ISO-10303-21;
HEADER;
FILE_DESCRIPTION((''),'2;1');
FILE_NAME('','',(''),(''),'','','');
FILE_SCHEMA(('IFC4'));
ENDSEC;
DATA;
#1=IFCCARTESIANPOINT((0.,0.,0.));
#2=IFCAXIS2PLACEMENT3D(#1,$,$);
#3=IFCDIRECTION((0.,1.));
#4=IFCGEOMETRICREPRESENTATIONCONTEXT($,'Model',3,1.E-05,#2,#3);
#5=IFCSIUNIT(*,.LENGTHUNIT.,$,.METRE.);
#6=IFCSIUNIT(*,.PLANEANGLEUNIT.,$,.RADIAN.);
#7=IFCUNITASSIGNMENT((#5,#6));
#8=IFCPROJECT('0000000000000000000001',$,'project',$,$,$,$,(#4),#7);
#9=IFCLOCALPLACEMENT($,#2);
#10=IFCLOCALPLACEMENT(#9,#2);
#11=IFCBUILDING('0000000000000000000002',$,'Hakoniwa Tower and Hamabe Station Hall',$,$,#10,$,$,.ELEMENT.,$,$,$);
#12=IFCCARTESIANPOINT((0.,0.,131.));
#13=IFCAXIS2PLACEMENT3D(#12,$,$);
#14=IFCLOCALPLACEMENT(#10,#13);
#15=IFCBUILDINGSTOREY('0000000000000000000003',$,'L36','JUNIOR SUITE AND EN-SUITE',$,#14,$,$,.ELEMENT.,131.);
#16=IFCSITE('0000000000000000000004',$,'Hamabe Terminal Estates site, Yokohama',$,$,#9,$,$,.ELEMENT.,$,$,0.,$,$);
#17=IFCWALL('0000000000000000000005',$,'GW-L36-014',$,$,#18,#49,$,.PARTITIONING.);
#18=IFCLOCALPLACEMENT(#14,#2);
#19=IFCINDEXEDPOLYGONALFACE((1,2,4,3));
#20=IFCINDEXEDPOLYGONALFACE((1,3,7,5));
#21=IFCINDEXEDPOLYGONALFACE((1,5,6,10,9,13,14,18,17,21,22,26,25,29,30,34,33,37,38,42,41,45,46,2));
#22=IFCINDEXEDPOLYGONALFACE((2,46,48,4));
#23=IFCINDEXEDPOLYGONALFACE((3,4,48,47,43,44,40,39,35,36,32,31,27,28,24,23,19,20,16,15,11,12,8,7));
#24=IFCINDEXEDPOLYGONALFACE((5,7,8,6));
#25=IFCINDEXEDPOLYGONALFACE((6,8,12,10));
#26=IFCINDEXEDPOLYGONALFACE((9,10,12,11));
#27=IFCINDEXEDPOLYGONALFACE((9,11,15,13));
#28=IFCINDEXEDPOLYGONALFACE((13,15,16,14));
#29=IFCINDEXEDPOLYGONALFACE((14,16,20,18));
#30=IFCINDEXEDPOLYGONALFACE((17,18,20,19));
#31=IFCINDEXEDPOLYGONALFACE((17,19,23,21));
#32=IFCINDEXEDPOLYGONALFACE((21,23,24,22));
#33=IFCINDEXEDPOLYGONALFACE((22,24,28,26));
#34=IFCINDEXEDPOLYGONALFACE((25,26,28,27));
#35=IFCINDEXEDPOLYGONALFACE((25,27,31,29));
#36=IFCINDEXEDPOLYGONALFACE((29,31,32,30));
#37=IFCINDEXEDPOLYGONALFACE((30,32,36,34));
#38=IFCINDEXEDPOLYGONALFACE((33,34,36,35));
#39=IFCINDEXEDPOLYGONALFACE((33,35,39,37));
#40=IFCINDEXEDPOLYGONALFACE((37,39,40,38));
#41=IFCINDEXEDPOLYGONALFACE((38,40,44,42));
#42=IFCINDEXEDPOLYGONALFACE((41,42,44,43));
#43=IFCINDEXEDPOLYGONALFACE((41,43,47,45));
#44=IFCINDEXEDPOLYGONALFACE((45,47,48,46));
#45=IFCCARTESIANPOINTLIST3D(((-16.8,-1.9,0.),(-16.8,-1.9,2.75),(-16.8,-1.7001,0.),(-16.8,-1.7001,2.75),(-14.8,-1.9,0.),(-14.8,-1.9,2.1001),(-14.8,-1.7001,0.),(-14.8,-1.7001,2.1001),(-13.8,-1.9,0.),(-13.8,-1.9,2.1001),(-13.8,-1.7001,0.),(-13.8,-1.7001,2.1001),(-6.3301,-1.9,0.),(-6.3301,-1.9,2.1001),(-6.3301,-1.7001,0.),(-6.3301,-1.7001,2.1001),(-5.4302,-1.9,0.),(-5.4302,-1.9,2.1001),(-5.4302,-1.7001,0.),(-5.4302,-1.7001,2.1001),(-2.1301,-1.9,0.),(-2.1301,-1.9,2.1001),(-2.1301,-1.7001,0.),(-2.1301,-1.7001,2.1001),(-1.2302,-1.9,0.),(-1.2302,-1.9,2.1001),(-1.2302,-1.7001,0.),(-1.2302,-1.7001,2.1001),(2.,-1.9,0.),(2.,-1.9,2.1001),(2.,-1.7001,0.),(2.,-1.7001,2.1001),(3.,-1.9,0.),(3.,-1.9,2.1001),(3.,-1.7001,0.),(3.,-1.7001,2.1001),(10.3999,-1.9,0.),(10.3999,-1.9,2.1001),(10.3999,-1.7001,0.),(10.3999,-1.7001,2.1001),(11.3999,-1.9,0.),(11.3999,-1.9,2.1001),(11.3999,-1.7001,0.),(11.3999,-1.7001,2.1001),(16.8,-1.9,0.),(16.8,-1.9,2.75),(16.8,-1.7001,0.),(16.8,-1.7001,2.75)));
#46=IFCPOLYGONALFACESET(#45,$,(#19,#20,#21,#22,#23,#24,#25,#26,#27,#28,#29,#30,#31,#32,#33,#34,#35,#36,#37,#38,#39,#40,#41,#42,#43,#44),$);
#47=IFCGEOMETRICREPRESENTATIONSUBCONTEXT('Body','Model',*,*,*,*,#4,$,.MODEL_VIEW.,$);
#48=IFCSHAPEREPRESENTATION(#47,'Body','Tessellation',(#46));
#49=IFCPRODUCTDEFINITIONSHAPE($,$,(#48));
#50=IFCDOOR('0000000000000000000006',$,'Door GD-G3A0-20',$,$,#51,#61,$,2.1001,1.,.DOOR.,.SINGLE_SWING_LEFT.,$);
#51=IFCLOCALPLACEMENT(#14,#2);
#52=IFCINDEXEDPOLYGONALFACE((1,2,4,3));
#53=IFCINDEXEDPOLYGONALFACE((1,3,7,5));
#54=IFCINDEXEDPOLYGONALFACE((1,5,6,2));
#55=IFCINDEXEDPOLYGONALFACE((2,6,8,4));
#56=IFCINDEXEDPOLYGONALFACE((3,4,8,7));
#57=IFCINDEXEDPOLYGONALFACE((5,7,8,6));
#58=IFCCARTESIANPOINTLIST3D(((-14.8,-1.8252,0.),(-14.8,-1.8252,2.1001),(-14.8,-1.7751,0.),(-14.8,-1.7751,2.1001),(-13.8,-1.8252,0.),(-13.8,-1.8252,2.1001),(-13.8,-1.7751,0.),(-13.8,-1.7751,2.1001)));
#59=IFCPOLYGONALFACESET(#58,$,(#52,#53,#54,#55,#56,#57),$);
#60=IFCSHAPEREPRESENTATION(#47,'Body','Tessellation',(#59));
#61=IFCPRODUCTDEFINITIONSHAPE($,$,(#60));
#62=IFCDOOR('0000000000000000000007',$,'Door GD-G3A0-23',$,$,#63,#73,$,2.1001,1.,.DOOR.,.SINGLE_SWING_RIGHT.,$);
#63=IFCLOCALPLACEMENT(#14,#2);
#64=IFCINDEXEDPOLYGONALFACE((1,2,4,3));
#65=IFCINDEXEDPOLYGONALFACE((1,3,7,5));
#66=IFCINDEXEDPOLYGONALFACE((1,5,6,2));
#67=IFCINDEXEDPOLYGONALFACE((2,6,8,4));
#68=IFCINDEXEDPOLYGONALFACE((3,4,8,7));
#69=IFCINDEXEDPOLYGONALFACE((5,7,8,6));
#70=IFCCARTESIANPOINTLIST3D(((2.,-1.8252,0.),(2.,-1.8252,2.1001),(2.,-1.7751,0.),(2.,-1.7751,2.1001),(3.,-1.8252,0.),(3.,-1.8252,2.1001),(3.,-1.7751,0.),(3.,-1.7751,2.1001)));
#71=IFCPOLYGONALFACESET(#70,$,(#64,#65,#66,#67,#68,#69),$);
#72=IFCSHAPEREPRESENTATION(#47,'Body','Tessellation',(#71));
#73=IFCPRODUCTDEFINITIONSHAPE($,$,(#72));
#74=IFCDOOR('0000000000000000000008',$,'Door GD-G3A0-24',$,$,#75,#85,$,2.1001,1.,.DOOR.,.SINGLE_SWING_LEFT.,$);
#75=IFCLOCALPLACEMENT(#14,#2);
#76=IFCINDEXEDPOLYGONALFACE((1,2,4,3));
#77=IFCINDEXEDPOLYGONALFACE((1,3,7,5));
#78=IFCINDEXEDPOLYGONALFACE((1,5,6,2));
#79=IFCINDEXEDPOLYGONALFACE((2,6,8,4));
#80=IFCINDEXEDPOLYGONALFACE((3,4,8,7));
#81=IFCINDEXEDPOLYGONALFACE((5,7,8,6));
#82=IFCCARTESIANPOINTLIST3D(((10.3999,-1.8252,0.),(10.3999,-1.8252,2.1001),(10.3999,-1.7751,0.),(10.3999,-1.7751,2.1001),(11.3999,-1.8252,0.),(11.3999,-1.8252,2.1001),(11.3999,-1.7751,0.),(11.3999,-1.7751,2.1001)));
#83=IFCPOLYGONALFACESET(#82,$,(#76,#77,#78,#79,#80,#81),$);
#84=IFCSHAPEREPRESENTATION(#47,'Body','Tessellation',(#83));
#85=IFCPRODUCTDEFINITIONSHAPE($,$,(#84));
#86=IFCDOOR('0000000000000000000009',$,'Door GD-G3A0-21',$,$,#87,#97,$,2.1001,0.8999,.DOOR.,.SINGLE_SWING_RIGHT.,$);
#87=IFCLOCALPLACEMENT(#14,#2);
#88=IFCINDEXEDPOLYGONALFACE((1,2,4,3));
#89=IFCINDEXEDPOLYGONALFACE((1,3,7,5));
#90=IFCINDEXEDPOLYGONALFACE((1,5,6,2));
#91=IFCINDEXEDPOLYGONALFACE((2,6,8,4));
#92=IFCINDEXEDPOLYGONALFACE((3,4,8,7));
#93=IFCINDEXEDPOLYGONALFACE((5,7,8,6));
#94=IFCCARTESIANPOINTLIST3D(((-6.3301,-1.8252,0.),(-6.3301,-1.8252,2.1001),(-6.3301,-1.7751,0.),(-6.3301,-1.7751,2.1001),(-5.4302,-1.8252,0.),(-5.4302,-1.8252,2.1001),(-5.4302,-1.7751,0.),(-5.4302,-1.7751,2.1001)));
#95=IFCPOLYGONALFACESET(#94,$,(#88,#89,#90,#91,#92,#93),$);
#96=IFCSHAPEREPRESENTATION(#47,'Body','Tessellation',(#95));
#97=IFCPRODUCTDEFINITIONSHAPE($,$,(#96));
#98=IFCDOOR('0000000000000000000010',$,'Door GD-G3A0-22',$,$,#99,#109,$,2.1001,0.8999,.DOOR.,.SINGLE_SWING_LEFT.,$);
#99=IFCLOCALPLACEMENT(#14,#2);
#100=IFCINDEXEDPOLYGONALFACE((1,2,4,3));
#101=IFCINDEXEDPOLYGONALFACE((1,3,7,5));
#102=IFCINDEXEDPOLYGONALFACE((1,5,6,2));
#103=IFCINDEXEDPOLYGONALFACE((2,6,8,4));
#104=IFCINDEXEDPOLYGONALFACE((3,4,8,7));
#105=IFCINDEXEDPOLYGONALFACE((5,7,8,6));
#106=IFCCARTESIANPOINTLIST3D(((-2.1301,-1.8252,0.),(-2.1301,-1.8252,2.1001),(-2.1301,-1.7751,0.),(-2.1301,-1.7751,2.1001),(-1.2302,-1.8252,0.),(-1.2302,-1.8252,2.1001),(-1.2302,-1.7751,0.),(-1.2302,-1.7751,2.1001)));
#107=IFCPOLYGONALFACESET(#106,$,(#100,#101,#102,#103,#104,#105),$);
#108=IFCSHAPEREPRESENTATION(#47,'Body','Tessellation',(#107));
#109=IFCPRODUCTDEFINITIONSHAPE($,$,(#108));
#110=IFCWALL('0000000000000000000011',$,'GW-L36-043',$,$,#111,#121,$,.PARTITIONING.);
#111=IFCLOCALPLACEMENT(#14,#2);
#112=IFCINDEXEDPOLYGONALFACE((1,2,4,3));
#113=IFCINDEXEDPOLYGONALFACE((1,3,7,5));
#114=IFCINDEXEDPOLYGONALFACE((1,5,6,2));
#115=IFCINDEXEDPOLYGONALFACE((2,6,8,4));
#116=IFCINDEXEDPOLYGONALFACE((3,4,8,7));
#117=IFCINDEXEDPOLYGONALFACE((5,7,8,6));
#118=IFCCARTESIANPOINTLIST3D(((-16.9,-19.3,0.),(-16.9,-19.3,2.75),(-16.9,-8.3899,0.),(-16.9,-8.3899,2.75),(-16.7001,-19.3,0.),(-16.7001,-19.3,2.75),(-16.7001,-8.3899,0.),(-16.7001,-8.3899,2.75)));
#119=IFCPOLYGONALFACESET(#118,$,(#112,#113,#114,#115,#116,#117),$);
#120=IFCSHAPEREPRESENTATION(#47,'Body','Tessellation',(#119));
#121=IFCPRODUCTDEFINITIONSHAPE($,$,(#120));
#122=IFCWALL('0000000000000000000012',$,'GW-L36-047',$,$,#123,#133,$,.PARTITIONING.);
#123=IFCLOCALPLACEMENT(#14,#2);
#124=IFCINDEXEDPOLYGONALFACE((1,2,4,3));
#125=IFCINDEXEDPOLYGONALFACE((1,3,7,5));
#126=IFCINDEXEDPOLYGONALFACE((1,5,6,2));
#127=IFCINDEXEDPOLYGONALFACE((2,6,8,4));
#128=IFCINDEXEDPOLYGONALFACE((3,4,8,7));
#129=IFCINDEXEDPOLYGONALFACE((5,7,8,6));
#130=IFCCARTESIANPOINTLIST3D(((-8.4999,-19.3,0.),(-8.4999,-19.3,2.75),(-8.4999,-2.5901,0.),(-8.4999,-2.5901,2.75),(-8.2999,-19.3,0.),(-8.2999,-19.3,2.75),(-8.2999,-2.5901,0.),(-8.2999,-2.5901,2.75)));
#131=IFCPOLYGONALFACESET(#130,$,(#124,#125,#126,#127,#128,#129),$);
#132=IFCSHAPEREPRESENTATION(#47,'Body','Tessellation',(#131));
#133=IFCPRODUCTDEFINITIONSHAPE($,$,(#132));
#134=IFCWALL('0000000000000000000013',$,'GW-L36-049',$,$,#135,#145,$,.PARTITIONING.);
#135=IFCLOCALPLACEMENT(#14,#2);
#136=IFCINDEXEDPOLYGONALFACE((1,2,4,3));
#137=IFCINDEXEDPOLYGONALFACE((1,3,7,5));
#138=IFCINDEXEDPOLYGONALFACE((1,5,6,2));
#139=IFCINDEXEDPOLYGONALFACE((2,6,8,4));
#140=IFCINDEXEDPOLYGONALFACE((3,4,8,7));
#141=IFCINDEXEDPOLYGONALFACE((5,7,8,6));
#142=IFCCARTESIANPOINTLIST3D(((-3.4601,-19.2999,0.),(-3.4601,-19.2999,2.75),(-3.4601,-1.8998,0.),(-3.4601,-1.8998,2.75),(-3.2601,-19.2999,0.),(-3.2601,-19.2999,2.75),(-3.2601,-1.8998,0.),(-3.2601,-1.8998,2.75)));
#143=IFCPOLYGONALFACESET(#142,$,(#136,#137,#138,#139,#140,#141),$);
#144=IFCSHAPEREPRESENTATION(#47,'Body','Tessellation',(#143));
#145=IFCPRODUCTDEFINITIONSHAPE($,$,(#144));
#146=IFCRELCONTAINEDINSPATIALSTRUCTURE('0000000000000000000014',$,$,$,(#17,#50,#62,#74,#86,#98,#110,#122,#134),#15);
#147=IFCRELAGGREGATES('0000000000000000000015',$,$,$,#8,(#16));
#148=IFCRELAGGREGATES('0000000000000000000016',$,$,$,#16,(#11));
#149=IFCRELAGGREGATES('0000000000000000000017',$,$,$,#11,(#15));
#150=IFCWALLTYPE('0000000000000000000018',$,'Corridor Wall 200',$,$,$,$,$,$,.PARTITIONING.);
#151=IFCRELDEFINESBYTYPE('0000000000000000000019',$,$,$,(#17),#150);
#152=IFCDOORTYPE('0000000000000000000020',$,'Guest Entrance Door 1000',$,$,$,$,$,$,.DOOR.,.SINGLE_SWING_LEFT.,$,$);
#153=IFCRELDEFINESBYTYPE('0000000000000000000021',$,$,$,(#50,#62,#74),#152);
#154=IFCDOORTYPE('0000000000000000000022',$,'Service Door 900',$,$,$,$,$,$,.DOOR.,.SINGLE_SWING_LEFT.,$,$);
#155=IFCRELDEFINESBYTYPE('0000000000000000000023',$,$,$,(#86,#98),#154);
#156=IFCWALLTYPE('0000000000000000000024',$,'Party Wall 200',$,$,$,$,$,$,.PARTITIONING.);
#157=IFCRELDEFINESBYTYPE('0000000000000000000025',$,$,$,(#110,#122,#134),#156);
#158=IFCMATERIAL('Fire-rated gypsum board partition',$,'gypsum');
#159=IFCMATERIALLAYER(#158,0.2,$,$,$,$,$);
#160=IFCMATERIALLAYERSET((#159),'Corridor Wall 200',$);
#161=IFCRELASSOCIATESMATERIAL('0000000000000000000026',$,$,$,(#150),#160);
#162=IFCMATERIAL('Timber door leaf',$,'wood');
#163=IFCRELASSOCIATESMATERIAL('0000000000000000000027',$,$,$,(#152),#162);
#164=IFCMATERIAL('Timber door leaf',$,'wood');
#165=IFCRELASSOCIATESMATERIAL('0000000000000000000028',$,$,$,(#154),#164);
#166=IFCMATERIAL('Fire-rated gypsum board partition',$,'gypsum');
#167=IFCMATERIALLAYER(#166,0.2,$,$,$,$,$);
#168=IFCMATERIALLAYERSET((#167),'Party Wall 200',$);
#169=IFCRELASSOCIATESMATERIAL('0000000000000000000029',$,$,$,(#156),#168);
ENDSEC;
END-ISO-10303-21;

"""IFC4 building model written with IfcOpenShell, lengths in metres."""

from ifc_helpers import new_model, si_unit, direction, frame, frame_2d, origin, place, context, subcontext, project, spatial, rectangle, extrude, material, layer, layer_set, type_object, element, fill, save


model = new_model("IFC4")

# Units and contexts
model_context = context("Model", 3, precision=1e-05, world=origin(), true_north=direction((0.0, 1.0)))
body_context = subcontext(model_context, "Body", "Model", "MODEL_VIEW")
ifc_project = project(units=[si_unit("LENGTHUNIT", "METRE"), si_unit("PLANEANGLEUNIT", "RADIAN")], contexts=[model_context])

# Site, building, storey
site_placement = place(None, origin())
site = spatial("IfcSite", under=ifc_project, at=site_placement, Name="Hamabe Terminal Estates site, Yokohama", CompositionType="ELEMENT", RefElevation=0.0)
building_placement = place(site_placement, origin())
building = spatial("IfcBuilding", under=site, at=building_placement, Name="Hakoniwa Tower and Hamabe Station Hall", CompositionType="ELEMENT")
storey_placement = place(building_placement, frame((0.0, 0.0, 131.0)))
storey = spatial("IfcBuildingStorey", under=building, at=storey_placement, Name="L36", Description="JUNIOR SUITE AND EN-SUITE", CompositionType="ELEMENT", Elevation=131.0)

# Wall, openings, doors
ifc_material_1 = material(Name="Fire-rated gypsum board partition", Category="gypsum")
ifc_layer_1 = layer(ifc_material_1, 0.2)
ifc_layer_set_1 = layer_set([ifc_layer_1], Name="Corridor Wall 200")
wall_type_1 = type_object("IfcWallType", Name="Corridor Wall 200", PredefinedType="PARTITIONING", material=ifc_layer_set_1)
wall_1_placement = place(storey_placement, frame((-16.8, -1.8, 0.0), z_axis=(0.0, 0.0, 1.0), x_axis=(1.0, 0.0, 0.0)))
wall_1 = element("IfcWall", 1, at=wall_1_placement, inside=storey, type_object=wall_type_1, Name="GW-L36-014", PredefinedType="PARTITIONING", context=body_context, shape_type="SweptSolid", body=[
    extrude(rectangle(XDim=33.6001, YDim=0.2, at=frame_2d((16.8, 0.0))), origin(), (0.0, 0.0, 1.0), 2.75),
])
opening_1_placement = place(wall_1_placement, frame((2.0, 0.0, 0.0)))
opening_1 = element("IfcOpeningElement", 2, at=opening_1_placement, cuts=wall_1, PredefinedType="OPENING", context=body_context, shape_type="SweptSolid", body=[
    extrude(rectangle(XDim=1.0, YDim=2.1001, at=frame_2d((0.5, 1.05))), frame((0.0, 0.1099, 0.0), z_axis=(0.0, -1.0, 0.0), x_axis=(1.0, 0.0, 0.0)), (0.0, 0.0, 1.0), 0.22),
])
opening_2_placement = place(wall_1_placement, frame((10.47, 0.0, 0.0)))
opening_2 = element("IfcOpeningElement", 3, at=opening_2_placement, cuts=wall_1, PredefinedType="OPENING", context=body_context, shape_type="SweptSolid", body=[
    extrude(rectangle(XDim=0.8999, YDim=2.1001, at=frame_2d((0.45, 1.05))), frame((0.0, 0.1099, 0.0), z_axis=(0.0, -1.0, 0.0), x_axis=(1.0, 0.0, 0.0)), (0.0, 0.0, 1.0), 0.22),
])
opening_3_placement = place(wall_1_placement, frame((14.6699, 0.0, 0.0)))
opening_3 = element("IfcOpeningElement", 4, at=opening_3_placement, cuts=wall_1, PredefinedType="OPENING", context=body_context, shape_type="SweptSolid", body=[
    extrude(rectangle(XDim=0.8999, YDim=2.1001, at=frame_2d((0.45, 1.05))), frame((0.0, 0.1099, 0.0), z_axis=(0.0, -1.0, 0.0), x_axis=(1.0, 0.0, 0.0)), (0.0, 0.0, 1.0), 0.22),
])
opening_4_placement = place(wall_1_placement, frame((18.8, 0.0, 0.0)))
opening_4 = element("IfcOpeningElement", 5, at=opening_4_placement, cuts=wall_1, PredefinedType="OPENING", context=body_context, shape_type="SweptSolid", body=[
    extrude(rectangle(XDim=1.0, YDim=2.1001, at=frame_2d((0.5, 1.05))), frame((0.0, 0.1099, 0.0), z_axis=(0.0, -1.0, 0.0), x_axis=(1.0, 0.0, 0.0)), (0.0, 0.0, 1.0), 0.22),
])
opening_5_placement = place(wall_1_placement, frame((27.2, 0.0, 0.0)))
opening_5 = element("IfcOpeningElement", 6, at=opening_5_placement, cuts=wall_1, PredefinedType="OPENING", context=body_context, shape_type="SweptSolid", body=[
    extrude(rectangle(XDim=1.0, YDim=2.1001, at=frame_2d((0.5, 1.05))), frame((0.0, 0.1099, 0.0), z_axis=(0.0, -1.0, 0.0), x_axis=(1.0, 0.0, 0.0)), (0.0, 0.0, 1.0), 0.22),
])
ifc_material_2 = material(Name="Timber door leaf", Category="wood")
door_type_1 = type_object("IfcDoorType", Name="Guest Entrance Door 1000", OperationType="SINGLE_SWING_LEFT", PredefinedType="DOOR", material=ifc_material_2)
door_1_placement = place(opening_1_placement, origin())
door_1 = element("IfcDoor", 7, at=door_1_placement, inside=storey, type_object=door_type_1, Name="Door GD-G3A0-20", OperationType="SINGLE_SWING_LEFT", OverallHeight=2.1001, OverallWidth=1.0, PredefinedType="DOOR", context=body_context, shape_type="SweptSolid", body=[
    extrude(rectangle(XDim=1.0, YDim=2.1001, at=frame_2d((0.5, 1.05))), frame((0.0, 0.0249, 0.0), z_axis=(0.0, -1.0, 0.0), x_axis=(1.0, 0.0, 0.0)), (0.0, 0.0, 1.0), 0.05),
])
fill(opening_1, door_1)
door_2_placement = place(opening_4_placement, origin())
door_2 = element("IfcDoor", 8, at=door_2_placement, inside=storey, type_object=door_type_1, Name="Door GD-G3A0-23", OperationType="SINGLE_SWING_RIGHT", OverallHeight=2.1001, OverallWidth=1.0, PredefinedType="DOOR", context=body_context, shape_type="SweptSolid", body=[
    extrude(rectangle(XDim=1.0, YDim=2.1001, at=frame_2d((0.5, 1.05))), frame((0.0, 0.0249, 0.0), z_axis=(0.0, -1.0, 0.0), x_axis=(1.0, 0.0, 0.0)), (0.0, 0.0, 1.0), 0.05),
])
fill(opening_4, door_2)
door_3_placement = place(opening_5_placement, origin())
door_3 = element("IfcDoor", 9, at=door_3_placement, inside=storey, type_object=door_type_1, Name="Door GD-G3A0-24", OperationType="SINGLE_SWING_LEFT", OverallHeight=2.1001, OverallWidth=1.0, PredefinedType="DOOR", context=body_context, shape_type="SweptSolid", body=[
    extrude(rectangle(XDim=1.0, YDim=2.1001, at=frame_2d((0.5, 1.05))), frame((0.0, 0.0249, 0.0), z_axis=(0.0, -1.0, 0.0), x_axis=(1.0, 0.0, 0.0)), (0.0, 0.0, 1.0), 0.05),
])
fill(opening_5, door_3)
ifc_material_3 = material(Name="Timber door leaf", Category="wood")
door_type_2 = type_object("IfcDoorType", Name="Service Door 900", OperationType="SINGLE_SWING_LEFT", PredefinedType="DOOR", material=ifc_material_3)
door_4_placement = place(opening_2_placement, origin())
door_4 = element("IfcDoor", 10, at=door_4_placement, inside=storey, type_object=door_type_2, Name="Door GD-G3A0-21", OperationType="SINGLE_SWING_RIGHT", OverallHeight=2.1001, OverallWidth=0.8999, PredefinedType="DOOR", context=body_context, shape_type="SweptSolid", body=[
    extrude(rectangle(XDim=0.8999, YDim=2.1001, at=frame_2d((0.45, 1.05))), frame((0.0, 0.0249, 0.0), z_axis=(0.0, -1.0, 0.0), x_axis=(1.0, 0.0, 0.0)), (0.0, 0.0, 1.0), 0.05),
])
fill(opening_2, door_4)
door_5_placement = place(opening_3_placement, origin())
door_5 = element("IfcDoor", 11, at=door_5_placement, inside=storey, type_object=door_type_2, Name="Door GD-G3A0-22", OperationType="SINGLE_SWING_LEFT", OverallHeight=2.1001, OverallWidth=0.8999, PredefinedType="DOOR", context=body_context, shape_type="SweptSolid", body=[
    extrude(rectangle(XDim=0.8999, YDim=2.1001, at=frame_2d((0.45, 1.05))), frame((0.0, 0.0249, 0.0), z_axis=(0.0, -1.0, 0.0), x_axis=(1.0, 0.0, 0.0)), (0.0, 0.0, 1.0), 0.05),
])
fill(opening_3, door_5)

# Walls
ifc_material_4 = material(Name="Fire-rated gypsum board partition", Category="gypsum")
ifc_layer_2 = layer(ifc_material_4, 0.2)
ifc_layer_set_2 = layer_set([ifc_layer_2], Name="Party Wall 200")
wall_type_2 = type_object("IfcWallType", Name="Party Wall 200", PredefinedType="PARTITIONING", material=ifc_layer_set_2)
wall_2_placement = place(storey_placement, frame((-16.8, -19.3, 0.0), z_axis=(0.0, 0.0, 1.0), x_axis=(0.0, 1.0, 0.0)))
element("IfcWall", 12, at=wall_2_placement, inside=storey, type_object=wall_type_2, Name="GW-L36-043", PredefinedType="PARTITIONING", context=body_context, shape_type="SweptSolid", body=[
    extrude(rectangle(XDim=10.9102, YDim=0.2, at=frame_2d((5.4551, 0.0))), origin(), (0.0, 0.0, 1.0), 2.75),
])
wall_3_placement = place(storey_placement, frame((-8.3999, -19.3, 0.0), z_axis=(0.0, 0.0, 1.0), x_axis=(0.0, 1.0, 0.0)))
element("IfcWall", 13, at=wall_3_placement, inside=storey, type_object=wall_type_2, Name="GW-L36-047", PredefinedType="PARTITIONING", context=body_context, shape_type="SweptSolid", body=[
    extrude(rectangle(XDim=16.71, YDim=0.2, at=frame_2d((8.355, 0.0))), origin(), (0.0, 0.0, 1.0), 2.75),
])
wall_4_placement = place(storey_placement, frame((-3.3601, -19.3, 0.0), z_axis=(0.0, 0.0, 1.0), x_axis=(0.0, 1.0, 0.0)))
element("IfcWall", 14, at=wall_4_placement, inside=storey, type_object=wall_type_2, Name="GW-L36-049", PredefinedType="PARTITIONING", context=body_context, shape_type="SweptSolid", body=[
    extrude(rectangle(XDim=17.4001, YDim=0.2, at=frame_2d((8.7002, 0.0))), origin(), (0.0, 0.0, 1.0), 2.75),
])

save(model, "model.ifc")
